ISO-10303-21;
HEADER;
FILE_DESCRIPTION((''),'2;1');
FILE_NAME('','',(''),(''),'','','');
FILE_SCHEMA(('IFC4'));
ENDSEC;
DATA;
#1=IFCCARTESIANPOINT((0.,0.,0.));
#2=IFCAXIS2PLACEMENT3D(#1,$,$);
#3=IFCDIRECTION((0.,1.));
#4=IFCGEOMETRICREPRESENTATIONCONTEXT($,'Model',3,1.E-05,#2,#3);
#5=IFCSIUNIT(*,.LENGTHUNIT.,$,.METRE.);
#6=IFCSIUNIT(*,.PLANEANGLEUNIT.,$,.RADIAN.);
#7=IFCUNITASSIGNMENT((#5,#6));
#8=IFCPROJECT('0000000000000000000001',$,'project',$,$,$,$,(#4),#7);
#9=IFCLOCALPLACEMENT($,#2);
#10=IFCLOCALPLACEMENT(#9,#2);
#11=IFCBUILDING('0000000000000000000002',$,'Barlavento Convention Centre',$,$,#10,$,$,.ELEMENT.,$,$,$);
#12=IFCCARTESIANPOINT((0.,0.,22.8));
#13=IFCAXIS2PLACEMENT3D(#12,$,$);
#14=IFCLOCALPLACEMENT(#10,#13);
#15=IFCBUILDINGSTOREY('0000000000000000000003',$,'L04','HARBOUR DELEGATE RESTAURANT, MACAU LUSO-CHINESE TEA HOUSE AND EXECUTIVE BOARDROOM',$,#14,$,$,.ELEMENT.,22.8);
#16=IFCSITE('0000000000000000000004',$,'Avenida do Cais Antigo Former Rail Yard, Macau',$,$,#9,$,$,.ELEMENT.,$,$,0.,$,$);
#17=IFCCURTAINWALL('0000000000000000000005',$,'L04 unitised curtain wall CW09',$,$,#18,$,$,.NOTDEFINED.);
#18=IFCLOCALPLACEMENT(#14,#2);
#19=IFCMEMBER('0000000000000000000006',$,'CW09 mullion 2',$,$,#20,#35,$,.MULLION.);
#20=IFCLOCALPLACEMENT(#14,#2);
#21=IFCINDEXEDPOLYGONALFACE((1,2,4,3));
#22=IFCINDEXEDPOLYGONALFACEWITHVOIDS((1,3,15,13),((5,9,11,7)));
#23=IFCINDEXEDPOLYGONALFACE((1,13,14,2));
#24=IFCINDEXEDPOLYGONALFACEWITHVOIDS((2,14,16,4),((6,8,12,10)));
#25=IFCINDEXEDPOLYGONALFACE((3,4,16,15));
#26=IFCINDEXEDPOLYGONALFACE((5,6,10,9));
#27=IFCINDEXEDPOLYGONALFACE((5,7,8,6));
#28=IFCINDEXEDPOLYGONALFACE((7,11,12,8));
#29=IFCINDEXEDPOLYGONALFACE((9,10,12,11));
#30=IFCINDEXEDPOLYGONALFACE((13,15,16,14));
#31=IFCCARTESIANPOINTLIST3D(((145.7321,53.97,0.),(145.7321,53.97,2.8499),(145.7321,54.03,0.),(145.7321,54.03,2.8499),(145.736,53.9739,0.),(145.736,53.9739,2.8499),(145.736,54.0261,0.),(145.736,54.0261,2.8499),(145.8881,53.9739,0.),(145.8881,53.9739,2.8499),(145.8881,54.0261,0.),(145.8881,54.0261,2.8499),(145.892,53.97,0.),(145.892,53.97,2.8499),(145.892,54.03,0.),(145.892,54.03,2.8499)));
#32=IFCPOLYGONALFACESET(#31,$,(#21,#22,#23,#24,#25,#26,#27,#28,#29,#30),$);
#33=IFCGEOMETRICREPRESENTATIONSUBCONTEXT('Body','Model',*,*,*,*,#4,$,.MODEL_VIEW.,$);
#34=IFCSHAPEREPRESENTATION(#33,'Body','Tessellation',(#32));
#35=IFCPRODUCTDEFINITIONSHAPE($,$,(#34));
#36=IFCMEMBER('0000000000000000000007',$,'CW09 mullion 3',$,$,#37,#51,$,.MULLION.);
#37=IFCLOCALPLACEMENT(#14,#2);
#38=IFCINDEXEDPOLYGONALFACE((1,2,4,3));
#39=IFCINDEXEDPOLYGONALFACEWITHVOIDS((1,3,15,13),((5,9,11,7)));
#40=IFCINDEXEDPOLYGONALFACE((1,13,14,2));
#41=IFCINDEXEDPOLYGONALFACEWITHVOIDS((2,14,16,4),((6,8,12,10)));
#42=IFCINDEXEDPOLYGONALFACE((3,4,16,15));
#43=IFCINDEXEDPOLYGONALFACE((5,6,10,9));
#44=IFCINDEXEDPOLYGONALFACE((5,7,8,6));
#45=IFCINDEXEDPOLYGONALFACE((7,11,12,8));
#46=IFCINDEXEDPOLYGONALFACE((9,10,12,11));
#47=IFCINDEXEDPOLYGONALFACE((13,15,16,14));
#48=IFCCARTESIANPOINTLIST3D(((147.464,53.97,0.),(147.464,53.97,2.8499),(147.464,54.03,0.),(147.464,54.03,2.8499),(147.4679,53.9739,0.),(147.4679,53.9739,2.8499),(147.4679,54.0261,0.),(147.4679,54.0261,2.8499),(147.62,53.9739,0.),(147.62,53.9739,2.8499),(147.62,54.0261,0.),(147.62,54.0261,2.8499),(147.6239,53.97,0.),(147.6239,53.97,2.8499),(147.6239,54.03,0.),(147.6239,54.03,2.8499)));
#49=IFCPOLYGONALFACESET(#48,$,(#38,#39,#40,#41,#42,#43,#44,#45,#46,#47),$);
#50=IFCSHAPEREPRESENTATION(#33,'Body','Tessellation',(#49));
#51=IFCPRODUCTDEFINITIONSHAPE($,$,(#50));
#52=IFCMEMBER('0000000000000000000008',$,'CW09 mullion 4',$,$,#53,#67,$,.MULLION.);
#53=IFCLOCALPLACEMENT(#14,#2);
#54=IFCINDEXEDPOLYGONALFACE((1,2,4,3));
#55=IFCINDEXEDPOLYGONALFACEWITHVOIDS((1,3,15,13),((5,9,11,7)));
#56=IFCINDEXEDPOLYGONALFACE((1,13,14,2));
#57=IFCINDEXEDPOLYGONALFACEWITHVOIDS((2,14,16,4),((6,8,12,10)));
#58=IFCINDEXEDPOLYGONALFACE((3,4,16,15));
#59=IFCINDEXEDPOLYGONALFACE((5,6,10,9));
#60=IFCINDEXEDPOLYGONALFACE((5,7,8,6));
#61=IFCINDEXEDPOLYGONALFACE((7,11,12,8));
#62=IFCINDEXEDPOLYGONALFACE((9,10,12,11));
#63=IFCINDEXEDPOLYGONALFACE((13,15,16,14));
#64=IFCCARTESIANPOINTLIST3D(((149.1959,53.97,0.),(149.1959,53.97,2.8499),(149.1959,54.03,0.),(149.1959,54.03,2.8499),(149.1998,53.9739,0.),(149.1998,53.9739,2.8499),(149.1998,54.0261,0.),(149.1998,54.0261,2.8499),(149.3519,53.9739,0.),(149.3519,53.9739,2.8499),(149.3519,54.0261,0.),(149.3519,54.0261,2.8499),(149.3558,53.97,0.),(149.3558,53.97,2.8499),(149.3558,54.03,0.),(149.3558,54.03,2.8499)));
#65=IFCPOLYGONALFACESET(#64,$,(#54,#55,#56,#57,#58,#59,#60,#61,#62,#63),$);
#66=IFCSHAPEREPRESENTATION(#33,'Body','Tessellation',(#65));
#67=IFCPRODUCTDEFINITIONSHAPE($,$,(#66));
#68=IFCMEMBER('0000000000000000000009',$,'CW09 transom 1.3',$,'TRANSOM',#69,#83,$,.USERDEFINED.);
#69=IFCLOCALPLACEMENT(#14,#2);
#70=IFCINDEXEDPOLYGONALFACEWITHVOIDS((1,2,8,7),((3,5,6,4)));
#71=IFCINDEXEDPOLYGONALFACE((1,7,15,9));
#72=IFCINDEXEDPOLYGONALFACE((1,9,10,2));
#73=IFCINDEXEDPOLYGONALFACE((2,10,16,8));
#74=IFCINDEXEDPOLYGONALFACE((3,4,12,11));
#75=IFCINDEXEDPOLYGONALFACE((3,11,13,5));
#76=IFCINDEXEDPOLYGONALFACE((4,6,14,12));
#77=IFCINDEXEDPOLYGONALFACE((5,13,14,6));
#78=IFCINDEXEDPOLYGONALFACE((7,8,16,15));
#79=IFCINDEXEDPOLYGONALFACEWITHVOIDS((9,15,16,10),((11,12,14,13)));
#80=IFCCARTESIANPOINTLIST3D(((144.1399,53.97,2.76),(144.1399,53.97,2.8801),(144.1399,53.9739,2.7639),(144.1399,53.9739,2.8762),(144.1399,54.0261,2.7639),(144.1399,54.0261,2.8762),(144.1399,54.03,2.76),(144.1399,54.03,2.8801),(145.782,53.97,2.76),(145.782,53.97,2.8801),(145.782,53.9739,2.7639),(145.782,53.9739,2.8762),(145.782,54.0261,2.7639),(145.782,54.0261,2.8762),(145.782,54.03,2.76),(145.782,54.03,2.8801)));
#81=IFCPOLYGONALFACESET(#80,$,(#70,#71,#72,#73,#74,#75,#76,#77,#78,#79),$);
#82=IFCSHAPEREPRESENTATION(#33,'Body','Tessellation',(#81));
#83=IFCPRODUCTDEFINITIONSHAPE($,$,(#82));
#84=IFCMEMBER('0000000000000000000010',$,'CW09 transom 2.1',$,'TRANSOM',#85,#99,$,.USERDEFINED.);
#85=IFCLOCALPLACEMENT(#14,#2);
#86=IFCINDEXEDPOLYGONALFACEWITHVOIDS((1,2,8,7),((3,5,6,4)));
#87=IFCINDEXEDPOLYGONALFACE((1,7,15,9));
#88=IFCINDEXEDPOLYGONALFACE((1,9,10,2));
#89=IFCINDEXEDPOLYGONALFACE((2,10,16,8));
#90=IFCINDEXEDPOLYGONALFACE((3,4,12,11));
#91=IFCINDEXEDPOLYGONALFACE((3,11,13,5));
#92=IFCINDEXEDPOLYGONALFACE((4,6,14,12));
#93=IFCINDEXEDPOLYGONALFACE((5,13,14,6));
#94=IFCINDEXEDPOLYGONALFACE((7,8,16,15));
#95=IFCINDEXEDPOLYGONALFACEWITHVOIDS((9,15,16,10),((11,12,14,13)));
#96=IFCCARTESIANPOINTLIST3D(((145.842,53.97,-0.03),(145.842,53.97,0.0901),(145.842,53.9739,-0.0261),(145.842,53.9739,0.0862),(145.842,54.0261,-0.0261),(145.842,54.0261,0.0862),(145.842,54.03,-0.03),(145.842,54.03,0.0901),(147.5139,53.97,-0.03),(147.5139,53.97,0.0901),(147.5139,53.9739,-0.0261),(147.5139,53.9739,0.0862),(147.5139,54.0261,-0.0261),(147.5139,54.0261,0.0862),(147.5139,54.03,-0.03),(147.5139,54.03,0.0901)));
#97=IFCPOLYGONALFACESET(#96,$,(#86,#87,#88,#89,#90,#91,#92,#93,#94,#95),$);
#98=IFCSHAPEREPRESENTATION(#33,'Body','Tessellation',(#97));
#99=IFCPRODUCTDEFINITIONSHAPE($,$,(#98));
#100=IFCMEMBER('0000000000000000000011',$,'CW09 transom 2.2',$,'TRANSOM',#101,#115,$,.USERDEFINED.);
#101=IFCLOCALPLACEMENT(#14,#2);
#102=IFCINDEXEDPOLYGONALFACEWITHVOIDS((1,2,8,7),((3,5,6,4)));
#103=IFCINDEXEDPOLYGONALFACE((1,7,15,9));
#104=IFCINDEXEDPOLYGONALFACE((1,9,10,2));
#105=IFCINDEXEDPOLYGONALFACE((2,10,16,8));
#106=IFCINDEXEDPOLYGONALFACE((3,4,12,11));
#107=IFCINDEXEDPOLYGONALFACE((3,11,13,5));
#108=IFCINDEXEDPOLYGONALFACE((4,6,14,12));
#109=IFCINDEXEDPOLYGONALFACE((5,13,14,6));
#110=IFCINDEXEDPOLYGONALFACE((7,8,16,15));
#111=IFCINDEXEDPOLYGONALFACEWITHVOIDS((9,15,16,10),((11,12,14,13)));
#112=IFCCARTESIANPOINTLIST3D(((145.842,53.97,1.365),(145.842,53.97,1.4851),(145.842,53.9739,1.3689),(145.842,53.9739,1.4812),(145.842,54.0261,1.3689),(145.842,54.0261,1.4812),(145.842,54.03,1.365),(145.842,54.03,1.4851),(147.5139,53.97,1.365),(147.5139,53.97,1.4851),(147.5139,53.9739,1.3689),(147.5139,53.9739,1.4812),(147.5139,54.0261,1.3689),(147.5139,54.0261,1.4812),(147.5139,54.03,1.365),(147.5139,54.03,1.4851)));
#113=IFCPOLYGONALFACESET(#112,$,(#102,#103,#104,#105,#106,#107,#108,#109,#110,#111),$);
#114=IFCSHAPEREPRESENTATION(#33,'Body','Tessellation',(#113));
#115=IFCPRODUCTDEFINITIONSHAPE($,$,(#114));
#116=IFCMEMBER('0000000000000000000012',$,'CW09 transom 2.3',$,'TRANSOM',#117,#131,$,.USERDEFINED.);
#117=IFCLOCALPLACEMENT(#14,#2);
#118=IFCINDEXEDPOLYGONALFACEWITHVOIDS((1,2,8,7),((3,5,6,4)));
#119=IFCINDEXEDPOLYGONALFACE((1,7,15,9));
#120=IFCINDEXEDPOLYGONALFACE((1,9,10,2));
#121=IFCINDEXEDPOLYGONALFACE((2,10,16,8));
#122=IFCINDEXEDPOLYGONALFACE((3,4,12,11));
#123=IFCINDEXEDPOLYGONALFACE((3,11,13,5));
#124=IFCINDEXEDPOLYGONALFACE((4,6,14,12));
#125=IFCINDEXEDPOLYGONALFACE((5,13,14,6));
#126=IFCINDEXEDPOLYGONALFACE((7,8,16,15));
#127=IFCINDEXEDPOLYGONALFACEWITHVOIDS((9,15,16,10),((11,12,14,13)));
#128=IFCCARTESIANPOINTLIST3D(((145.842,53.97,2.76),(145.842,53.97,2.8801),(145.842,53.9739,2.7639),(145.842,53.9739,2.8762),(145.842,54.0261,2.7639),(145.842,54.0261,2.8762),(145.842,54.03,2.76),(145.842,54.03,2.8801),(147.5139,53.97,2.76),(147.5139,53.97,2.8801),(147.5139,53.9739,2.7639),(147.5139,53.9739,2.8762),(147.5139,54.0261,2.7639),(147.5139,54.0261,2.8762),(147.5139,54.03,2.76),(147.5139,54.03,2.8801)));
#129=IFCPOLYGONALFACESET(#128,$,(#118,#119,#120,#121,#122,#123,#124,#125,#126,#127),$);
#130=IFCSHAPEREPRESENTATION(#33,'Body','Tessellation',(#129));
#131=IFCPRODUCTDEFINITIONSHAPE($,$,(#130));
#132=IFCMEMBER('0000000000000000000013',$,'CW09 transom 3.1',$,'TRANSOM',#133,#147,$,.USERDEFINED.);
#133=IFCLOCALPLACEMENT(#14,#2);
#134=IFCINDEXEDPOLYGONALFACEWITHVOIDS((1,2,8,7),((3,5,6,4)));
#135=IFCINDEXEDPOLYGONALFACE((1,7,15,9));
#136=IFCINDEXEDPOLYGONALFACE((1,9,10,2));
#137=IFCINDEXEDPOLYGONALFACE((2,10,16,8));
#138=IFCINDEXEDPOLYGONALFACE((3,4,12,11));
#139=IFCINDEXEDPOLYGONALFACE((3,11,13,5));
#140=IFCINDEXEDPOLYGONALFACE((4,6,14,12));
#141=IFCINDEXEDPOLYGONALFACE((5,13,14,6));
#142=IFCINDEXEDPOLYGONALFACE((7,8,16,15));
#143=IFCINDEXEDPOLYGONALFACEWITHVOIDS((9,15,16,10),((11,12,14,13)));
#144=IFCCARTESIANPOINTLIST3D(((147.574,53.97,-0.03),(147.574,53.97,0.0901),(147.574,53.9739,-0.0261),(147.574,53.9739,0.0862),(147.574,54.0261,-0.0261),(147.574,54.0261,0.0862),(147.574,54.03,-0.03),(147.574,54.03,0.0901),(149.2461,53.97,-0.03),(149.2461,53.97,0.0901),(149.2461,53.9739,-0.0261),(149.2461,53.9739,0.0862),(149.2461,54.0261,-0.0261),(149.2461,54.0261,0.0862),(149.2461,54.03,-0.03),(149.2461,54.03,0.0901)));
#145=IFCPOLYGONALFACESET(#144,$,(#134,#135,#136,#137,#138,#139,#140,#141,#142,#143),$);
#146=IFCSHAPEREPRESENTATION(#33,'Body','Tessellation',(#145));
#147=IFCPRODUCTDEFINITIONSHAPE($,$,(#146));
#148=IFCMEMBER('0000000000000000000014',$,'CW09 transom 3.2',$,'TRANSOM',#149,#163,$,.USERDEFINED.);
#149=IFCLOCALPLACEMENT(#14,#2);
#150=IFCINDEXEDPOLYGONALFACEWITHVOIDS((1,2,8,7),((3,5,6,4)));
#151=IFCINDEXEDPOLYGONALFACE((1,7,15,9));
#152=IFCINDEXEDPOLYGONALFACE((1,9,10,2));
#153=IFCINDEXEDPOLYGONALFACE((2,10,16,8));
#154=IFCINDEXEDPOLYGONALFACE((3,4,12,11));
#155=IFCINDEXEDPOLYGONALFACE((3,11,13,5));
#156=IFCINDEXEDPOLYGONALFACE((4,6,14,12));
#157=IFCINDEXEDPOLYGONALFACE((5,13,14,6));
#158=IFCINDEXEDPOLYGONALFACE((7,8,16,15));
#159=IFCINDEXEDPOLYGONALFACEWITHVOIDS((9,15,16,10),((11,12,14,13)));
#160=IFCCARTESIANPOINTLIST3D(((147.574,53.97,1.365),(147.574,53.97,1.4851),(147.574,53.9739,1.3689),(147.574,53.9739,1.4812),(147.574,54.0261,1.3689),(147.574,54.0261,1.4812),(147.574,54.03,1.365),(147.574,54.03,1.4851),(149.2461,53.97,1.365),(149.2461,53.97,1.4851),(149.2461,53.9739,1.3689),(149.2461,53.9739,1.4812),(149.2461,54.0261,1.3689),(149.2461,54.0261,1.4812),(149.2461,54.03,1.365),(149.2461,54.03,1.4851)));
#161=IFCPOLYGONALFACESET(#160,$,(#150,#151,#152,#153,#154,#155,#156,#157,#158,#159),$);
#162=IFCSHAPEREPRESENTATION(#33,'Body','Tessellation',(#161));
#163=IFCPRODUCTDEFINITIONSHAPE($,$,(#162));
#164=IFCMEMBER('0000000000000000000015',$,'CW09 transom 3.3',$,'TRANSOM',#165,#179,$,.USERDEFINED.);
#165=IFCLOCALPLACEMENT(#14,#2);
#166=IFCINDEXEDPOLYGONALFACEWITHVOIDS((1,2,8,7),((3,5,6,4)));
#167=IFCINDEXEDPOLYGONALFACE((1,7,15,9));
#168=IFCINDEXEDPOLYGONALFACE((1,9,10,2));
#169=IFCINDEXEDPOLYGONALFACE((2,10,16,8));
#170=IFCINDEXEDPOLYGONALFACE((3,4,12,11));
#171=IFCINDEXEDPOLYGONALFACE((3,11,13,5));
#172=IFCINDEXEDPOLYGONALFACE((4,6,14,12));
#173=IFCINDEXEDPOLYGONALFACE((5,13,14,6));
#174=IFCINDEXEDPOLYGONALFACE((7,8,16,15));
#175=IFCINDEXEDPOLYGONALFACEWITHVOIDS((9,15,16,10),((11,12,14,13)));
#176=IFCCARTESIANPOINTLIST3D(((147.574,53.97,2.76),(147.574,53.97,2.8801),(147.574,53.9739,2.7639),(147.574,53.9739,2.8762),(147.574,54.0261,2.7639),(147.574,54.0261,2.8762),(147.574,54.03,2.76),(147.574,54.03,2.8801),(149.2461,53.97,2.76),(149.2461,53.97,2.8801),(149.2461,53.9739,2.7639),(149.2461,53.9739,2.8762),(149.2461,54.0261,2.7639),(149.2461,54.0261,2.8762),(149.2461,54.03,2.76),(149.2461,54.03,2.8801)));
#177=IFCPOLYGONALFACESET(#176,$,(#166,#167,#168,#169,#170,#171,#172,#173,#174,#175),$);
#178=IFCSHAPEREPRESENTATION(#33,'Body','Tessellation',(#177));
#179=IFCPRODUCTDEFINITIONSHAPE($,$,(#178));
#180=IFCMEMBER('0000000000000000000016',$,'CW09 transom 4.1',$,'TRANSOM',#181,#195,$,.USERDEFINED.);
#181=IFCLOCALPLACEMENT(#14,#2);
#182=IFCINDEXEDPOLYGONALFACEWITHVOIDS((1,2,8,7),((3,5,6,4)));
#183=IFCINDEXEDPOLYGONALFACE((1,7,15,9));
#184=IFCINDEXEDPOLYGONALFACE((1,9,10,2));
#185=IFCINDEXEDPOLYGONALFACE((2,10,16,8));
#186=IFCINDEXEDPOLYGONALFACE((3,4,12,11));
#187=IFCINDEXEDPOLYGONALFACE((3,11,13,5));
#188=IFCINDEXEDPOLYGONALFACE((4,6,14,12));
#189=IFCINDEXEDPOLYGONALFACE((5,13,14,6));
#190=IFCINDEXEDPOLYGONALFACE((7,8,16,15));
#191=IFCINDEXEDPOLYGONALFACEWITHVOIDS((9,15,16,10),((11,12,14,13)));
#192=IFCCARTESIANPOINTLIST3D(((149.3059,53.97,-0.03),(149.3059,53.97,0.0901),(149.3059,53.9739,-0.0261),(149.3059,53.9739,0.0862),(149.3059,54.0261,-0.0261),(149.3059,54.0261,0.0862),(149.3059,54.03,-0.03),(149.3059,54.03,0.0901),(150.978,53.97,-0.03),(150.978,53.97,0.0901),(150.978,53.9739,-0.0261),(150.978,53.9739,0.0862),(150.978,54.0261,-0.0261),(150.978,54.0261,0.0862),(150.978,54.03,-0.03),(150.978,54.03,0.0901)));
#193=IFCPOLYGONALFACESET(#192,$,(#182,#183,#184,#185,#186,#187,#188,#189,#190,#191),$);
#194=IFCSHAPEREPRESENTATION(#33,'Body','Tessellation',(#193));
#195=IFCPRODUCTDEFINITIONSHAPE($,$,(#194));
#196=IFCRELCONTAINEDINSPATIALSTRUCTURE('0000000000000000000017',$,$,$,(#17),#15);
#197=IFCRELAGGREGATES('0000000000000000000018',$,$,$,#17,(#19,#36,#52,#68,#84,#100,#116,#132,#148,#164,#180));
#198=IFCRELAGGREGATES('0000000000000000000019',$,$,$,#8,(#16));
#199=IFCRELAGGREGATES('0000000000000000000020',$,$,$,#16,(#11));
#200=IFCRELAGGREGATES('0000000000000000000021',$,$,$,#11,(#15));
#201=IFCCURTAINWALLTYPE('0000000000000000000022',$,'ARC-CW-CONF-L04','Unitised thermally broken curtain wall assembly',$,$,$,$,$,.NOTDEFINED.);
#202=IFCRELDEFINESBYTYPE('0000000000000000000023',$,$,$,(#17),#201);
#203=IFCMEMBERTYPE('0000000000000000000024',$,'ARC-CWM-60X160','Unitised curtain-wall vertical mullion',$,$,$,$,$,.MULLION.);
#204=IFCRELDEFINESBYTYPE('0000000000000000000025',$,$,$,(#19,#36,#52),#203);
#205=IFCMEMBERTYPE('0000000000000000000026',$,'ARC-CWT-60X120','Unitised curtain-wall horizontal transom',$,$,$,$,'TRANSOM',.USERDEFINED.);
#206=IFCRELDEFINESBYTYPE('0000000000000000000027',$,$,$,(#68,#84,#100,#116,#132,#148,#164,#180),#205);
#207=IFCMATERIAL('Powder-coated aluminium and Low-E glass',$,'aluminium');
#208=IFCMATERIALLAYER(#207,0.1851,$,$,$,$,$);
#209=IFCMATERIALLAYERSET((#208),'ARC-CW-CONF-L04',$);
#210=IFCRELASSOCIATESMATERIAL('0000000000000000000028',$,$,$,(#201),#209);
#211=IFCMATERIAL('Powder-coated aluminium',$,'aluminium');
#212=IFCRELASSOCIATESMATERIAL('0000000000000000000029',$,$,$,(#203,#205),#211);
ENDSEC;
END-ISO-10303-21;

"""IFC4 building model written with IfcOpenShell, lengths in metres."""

from ifc_helpers import new_model, si_unit, direction, frame, origin, origin_2d, place, context, subcontext, project, spatial, hollow_rectangle, extrude, material, layer, layer_set, material_profile, profile_set, type_object, element, aggregate, save


model = new_model("IFC4")

# Units and contexts
model_context = context("Model", 3, precision=1e-05, world=origin(), true_north=direction((0.0, 1.0)))
body_context = subcontext(model_context, "Body", "Model", "MODEL_VIEW")
ifc_project = project(units=[si_unit("LENGTHUNIT", "METRE"), si_unit("PLANEANGLEUNIT", "RADIAN")], contexts=[model_context])

# Site, building, storey
site_placement = place(None, origin())
site = spatial("IfcSite", under=ifc_project, at=site_placement, Name="Avenida do Cais Antigo Former Rail Yard, Macau", CompositionType="ELEMENT", RefElevation=0.0)
building_placement = place(site_placement, origin())
building = spatial("IfcBuilding", under=site, at=building_placement, Name="Barlavento Convention Centre", CompositionType="ELEMENT")
storey_placement = place(building_placement, frame((0.0, 0.0, 22.8)))
storey = spatial("IfcBuildingStorey", under=building, at=storey_placement, Name="L04", Description="HARBOUR DELEGATE RESTAURANT, MACAU LUSO-CHINESE TEA HOUSE AND EXECUTIVE BOARDROOM", CompositionType="ELEMENT", Elevation=22.8)

# Curtain wall, members
ifc_material_1 = material(Name="Powder-coated aluminium and Low-E glass", Category="aluminium")
ifc_layer_1 = layer(ifc_material_1, 0.1851)
ifc_layer_set_1 = layer_set([ifc_layer_1], Name="ARC-CW-CONF-L04")
curtain_wall_type = type_object("IfcCurtainWallType", Name="ARC-CW-CONF-L04", Description="Unitised thermally broken curtain wall assembly", PredefinedType="NOTDEFINED", material=ifc_layer_set_1)
curtain_wall_placement = place(storey_placement, origin())
curtain_wall = element("IfcCurtainWall", 1, at=curtain_wall_placement, inside=storey, type_object=curtain_wall_type, Name="L04 unitised curtain wall CW09", PredefinedType="NOTDEFINED")
ifc_material_2 = material(Name="Powder-coated aluminium", Category="aluminium")
ifc_material_profile_1 = material_profile(ifc_material_2, hollow_rectangle(XDim=0.0601, YDim=0.1599, WallThickness=0.0039, at=origin_2d()), Name="AL-MULL 60x160x4")
ifc_profile_set_1 = profile_set([ifc_material_profile_1], Name="Powder-coated aluminium")
member_type_1 = type_object("IfcMemberType", Name="ARC-CWM-60X160", Description="Unitised curtain-wall vertical mullion", PredefinedType="MULLION", material=ifc_profile_set_1)
member_1_placement = place(storey_placement, frame((145.812, 54.0, 0.0), z_axis=(0.0, 0.0, 1.0), x_axis=(0.0, 1.0, 0.0)))
member_1 = element("IfcMember", 2, at=member_1_placement, type_object=member_type_1, Name="CW09 mullion 2", PredefinedType="MULLION", context=body_context, shape_type="SweptSolid", body=[
    extrude(hollow_rectangle(XDim=0.0601, YDim=0.1599, WallThickness=0.0039, at=origin_2d()), origin(), (0.0, 0.0, 1.0), 2.8499),
])
member_2_placement = place(storey_placement, frame((147.5439, 54.0, 0.0), z_axis=(0.0, 0.0, 1.0), x_axis=(0.0, 1.0, 0.0)))
member_2 = element("IfcMember", 3, at=member_2_placement, type_object=member_type_1, Name="CW09 mullion 3", PredefinedType="MULLION", context=body_context, shape_type="SweptSolid", body=[
    extrude(hollow_rectangle(XDim=0.0601, YDim=0.1599, WallThickness=0.0039, at=origin_2d()), origin(), (0.0, 0.0, 1.0), 2.8499),
])
member_3_placement = place(storey_placement, frame((149.2759, 54.0, 0.0), z_axis=(0.0, 0.0, 1.0), x_axis=(0.0, 1.0, 0.0)))
member_3 = element("IfcMember", 4, at=member_3_placement, type_object=member_type_1, Name="CW09 mullion 4", PredefinedType="MULLION", context=body_context, shape_type="SweptSolid", body=[
    extrude(hollow_rectangle(XDim=0.0601, YDim=0.1599, WallThickness=0.0039, at=origin_2d()), origin(), (0.0, 0.0, 1.0), 2.8499),
])
ifc_material_profile_2 = material_profile(ifc_material_2, hollow_rectangle(XDim=0.0601, YDim=0.1201, WallThickness=0.0039, at=origin_2d()), Name="AL-TRAN 60x120x4")
ifc_profile_set_2 = profile_set([ifc_material_profile_2], Name="Powder-coated aluminium")
member_type_2 = type_object("IfcMemberType", Name="ARC-CWT-60X120", Description="Unitised curtain-wall horizontal transom", ElementType="TRANSOM", PredefinedType="USERDEFINED", material=ifc_profile_set_2)
member_4_placement = place(storey_placement, frame((144.1399, 54.0, 2.8201), z_axis=(1.0, 0.0, 0.0), x_axis=(0.0, 1.0, 0.0)))
member_4 = element("IfcMember", 5, at=member_4_placement, type_object=member_type_2, Name="CW09 transom 1.3", ObjectType="TRANSOM", PredefinedType="USERDEFINED", context=body_context, shape_type="SweptSolid", body=[
    extrude(hollow_rectangle(XDim=0.0601, YDim=0.1201, WallThickness=0.0039, at=origin_2d()), origin(), (0.0, 0.0, 1.0), 1.6421),
])
member_5_placement = place(storey_placement, frame((145.842, 54.0, 0.03), z_axis=(1.0, 0.0, 0.0), x_axis=(0.0, 1.0, 0.0)))
member_5 = element("IfcMember", 6, at=member_5_placement, type_object=member_type_2, Name="CW09 transom 2.1", ObjectType="TRANSOM", PredefinedType="USERDEFINED", context=body_context, shape_type="SweptSolid", body=[
    extrude(hollow_rectangle(XDim=0.0601, YDim=0.1201, WallThickness=0.0039, at=origin_2d()), origin(), (0.0, 0.0, 1.0), 1.6719),
])
member_6_placement = place(storey_placement, frame((145.842, 54.0, 1.425), z_axis=(1.0, 0.0, 0.0), x_axis=(0.0, 1.0, 0.0)))
member_6 = element("IfcMember", 7, at=member_6_placement, type_object=member_type_2, Name="CW09 transom 2.2", ObjectType="TRANSOM", PredefinedType="USERDEFINED", context=body_context, shape_type="SweptSolid", body=[
    extrude(hollow_rectangle(XDim=0.0601, YDim=0.1201, WallThickness=0.0039, at=origin_2d()), origin(), (0.0, 0.0, 1.0), 1.6719),
])
member_7_placement = place(storey_placement, frame((145.842, 54.0, 2.8201), z_axis=(1.0, 0.0, 0.0), x_axis=(0.0, 1.0, 0.0)))
member_7 = element("IfcMember", 8, at=member_7_placement, type_object=member_type_2, Name="CW09 transom 2.3", ObjectType="TRANSOM", PredefinedType="USERDEFINED", context=body_context, shape_type="SweptSolid", body=[
    extrude(hollow_rectangle(XDim=0.0601, YDim=0.1201, WallThickness=0.0039, at=origin_2d()), origin(), (0.0, 0.0, 1.0), 1.6719),
])
member_8_placement = place(storey_placement, frame((147.574, 54.0, 0.03), z_axis=(1.0, 0.0, 0.0), x_axis=(0.0, 1.0, 0.0)))
member_8 = element("IfcMember", 9, at=member_8_placement, type_object=member_type_2, Name="CW09 transom 3.1", ObjectType="TRANSOM", PredefinedType="USERDEFINED", context=body_context, shape_type="SweptSolid", body=[
    extrude(hollow_rectangle(XDim=0.0601, YDim=0.1201, WallThickness=0.0039, at=origin_2d()), origin(), (0.0, 0.0, 1.0), 1.6721),
])
member_9_placement = place(storey_placement, frame((147.574, 54.0, 1.425), z_axis=(1.0, 0.0, 0.0), x_axis=(0.0, 1.0, 0.0)))
member_9 = element("IfcMember", 10, at=member_9_placement, type_object=member_type_2, Name="CW09 transom 3.2", ObjectType="TRANSOM", PredefinedType="USERDEFINED", context=body_context, shape_type="SweptSolid", body=[
    extrude(hollow_rectangle(XDim=0.0601, YDim=0.1201, WallThickness=0.0039, at=origin_2d()), origin(), (0.0, 0.0, 1.0), 1.6721),
])
member_10_placement = place(storey_placement, frame((147.574, 54.0, 2.8201), z_axis=(1.0, 0.0, 0.0), x_axis=(0.0, 1.0, 0.0)))
member_10 = element("IfcMember", 11, at=member_10_placement, type_object=member_type_2, Name="CW09 transom 3.3", ObjectType="TRANSOM", PredefinedType="USERDEFINED", context=body_context, shape_type="SweptSolid", body=[
    extrude(hollow_rectangle(XDim=0.0601, YDim=0.1201, WallThickness=0.0039, at=origin_2d()), origin(), (0.0, 0.0, 1.0), 1.6721),
])
member_11_placement = place(storey_placement, frame((149.3059, 54.0, 0.03), z_axis=(1.0, 0.0, 0.0), x_axis=(0.0, 1.0, 0.0)))
member_11 = element("IfcMember", 12, at=member_11_placement, type_object=member_type_2, Name="CW09 transom 4.1", ObjectType="TRANSOM", PredefinedType="USERDEFINED", context=body_context, shape_type="SweptSolid", body=[
    extrude(hollow_rectangle(XDim=0.0601, YDim=0.1201, WallThickness=0.0039, at=origin_2d()), origin(), (0.0, 0.0, 1.0), 1.6721),
])
aggregate(curtain_wall, [member_1, member_2, member_3, member_4, member_5, member_6, member_7, member_8, member_9, member_10, member_11])

save(model, "model.ifc")
